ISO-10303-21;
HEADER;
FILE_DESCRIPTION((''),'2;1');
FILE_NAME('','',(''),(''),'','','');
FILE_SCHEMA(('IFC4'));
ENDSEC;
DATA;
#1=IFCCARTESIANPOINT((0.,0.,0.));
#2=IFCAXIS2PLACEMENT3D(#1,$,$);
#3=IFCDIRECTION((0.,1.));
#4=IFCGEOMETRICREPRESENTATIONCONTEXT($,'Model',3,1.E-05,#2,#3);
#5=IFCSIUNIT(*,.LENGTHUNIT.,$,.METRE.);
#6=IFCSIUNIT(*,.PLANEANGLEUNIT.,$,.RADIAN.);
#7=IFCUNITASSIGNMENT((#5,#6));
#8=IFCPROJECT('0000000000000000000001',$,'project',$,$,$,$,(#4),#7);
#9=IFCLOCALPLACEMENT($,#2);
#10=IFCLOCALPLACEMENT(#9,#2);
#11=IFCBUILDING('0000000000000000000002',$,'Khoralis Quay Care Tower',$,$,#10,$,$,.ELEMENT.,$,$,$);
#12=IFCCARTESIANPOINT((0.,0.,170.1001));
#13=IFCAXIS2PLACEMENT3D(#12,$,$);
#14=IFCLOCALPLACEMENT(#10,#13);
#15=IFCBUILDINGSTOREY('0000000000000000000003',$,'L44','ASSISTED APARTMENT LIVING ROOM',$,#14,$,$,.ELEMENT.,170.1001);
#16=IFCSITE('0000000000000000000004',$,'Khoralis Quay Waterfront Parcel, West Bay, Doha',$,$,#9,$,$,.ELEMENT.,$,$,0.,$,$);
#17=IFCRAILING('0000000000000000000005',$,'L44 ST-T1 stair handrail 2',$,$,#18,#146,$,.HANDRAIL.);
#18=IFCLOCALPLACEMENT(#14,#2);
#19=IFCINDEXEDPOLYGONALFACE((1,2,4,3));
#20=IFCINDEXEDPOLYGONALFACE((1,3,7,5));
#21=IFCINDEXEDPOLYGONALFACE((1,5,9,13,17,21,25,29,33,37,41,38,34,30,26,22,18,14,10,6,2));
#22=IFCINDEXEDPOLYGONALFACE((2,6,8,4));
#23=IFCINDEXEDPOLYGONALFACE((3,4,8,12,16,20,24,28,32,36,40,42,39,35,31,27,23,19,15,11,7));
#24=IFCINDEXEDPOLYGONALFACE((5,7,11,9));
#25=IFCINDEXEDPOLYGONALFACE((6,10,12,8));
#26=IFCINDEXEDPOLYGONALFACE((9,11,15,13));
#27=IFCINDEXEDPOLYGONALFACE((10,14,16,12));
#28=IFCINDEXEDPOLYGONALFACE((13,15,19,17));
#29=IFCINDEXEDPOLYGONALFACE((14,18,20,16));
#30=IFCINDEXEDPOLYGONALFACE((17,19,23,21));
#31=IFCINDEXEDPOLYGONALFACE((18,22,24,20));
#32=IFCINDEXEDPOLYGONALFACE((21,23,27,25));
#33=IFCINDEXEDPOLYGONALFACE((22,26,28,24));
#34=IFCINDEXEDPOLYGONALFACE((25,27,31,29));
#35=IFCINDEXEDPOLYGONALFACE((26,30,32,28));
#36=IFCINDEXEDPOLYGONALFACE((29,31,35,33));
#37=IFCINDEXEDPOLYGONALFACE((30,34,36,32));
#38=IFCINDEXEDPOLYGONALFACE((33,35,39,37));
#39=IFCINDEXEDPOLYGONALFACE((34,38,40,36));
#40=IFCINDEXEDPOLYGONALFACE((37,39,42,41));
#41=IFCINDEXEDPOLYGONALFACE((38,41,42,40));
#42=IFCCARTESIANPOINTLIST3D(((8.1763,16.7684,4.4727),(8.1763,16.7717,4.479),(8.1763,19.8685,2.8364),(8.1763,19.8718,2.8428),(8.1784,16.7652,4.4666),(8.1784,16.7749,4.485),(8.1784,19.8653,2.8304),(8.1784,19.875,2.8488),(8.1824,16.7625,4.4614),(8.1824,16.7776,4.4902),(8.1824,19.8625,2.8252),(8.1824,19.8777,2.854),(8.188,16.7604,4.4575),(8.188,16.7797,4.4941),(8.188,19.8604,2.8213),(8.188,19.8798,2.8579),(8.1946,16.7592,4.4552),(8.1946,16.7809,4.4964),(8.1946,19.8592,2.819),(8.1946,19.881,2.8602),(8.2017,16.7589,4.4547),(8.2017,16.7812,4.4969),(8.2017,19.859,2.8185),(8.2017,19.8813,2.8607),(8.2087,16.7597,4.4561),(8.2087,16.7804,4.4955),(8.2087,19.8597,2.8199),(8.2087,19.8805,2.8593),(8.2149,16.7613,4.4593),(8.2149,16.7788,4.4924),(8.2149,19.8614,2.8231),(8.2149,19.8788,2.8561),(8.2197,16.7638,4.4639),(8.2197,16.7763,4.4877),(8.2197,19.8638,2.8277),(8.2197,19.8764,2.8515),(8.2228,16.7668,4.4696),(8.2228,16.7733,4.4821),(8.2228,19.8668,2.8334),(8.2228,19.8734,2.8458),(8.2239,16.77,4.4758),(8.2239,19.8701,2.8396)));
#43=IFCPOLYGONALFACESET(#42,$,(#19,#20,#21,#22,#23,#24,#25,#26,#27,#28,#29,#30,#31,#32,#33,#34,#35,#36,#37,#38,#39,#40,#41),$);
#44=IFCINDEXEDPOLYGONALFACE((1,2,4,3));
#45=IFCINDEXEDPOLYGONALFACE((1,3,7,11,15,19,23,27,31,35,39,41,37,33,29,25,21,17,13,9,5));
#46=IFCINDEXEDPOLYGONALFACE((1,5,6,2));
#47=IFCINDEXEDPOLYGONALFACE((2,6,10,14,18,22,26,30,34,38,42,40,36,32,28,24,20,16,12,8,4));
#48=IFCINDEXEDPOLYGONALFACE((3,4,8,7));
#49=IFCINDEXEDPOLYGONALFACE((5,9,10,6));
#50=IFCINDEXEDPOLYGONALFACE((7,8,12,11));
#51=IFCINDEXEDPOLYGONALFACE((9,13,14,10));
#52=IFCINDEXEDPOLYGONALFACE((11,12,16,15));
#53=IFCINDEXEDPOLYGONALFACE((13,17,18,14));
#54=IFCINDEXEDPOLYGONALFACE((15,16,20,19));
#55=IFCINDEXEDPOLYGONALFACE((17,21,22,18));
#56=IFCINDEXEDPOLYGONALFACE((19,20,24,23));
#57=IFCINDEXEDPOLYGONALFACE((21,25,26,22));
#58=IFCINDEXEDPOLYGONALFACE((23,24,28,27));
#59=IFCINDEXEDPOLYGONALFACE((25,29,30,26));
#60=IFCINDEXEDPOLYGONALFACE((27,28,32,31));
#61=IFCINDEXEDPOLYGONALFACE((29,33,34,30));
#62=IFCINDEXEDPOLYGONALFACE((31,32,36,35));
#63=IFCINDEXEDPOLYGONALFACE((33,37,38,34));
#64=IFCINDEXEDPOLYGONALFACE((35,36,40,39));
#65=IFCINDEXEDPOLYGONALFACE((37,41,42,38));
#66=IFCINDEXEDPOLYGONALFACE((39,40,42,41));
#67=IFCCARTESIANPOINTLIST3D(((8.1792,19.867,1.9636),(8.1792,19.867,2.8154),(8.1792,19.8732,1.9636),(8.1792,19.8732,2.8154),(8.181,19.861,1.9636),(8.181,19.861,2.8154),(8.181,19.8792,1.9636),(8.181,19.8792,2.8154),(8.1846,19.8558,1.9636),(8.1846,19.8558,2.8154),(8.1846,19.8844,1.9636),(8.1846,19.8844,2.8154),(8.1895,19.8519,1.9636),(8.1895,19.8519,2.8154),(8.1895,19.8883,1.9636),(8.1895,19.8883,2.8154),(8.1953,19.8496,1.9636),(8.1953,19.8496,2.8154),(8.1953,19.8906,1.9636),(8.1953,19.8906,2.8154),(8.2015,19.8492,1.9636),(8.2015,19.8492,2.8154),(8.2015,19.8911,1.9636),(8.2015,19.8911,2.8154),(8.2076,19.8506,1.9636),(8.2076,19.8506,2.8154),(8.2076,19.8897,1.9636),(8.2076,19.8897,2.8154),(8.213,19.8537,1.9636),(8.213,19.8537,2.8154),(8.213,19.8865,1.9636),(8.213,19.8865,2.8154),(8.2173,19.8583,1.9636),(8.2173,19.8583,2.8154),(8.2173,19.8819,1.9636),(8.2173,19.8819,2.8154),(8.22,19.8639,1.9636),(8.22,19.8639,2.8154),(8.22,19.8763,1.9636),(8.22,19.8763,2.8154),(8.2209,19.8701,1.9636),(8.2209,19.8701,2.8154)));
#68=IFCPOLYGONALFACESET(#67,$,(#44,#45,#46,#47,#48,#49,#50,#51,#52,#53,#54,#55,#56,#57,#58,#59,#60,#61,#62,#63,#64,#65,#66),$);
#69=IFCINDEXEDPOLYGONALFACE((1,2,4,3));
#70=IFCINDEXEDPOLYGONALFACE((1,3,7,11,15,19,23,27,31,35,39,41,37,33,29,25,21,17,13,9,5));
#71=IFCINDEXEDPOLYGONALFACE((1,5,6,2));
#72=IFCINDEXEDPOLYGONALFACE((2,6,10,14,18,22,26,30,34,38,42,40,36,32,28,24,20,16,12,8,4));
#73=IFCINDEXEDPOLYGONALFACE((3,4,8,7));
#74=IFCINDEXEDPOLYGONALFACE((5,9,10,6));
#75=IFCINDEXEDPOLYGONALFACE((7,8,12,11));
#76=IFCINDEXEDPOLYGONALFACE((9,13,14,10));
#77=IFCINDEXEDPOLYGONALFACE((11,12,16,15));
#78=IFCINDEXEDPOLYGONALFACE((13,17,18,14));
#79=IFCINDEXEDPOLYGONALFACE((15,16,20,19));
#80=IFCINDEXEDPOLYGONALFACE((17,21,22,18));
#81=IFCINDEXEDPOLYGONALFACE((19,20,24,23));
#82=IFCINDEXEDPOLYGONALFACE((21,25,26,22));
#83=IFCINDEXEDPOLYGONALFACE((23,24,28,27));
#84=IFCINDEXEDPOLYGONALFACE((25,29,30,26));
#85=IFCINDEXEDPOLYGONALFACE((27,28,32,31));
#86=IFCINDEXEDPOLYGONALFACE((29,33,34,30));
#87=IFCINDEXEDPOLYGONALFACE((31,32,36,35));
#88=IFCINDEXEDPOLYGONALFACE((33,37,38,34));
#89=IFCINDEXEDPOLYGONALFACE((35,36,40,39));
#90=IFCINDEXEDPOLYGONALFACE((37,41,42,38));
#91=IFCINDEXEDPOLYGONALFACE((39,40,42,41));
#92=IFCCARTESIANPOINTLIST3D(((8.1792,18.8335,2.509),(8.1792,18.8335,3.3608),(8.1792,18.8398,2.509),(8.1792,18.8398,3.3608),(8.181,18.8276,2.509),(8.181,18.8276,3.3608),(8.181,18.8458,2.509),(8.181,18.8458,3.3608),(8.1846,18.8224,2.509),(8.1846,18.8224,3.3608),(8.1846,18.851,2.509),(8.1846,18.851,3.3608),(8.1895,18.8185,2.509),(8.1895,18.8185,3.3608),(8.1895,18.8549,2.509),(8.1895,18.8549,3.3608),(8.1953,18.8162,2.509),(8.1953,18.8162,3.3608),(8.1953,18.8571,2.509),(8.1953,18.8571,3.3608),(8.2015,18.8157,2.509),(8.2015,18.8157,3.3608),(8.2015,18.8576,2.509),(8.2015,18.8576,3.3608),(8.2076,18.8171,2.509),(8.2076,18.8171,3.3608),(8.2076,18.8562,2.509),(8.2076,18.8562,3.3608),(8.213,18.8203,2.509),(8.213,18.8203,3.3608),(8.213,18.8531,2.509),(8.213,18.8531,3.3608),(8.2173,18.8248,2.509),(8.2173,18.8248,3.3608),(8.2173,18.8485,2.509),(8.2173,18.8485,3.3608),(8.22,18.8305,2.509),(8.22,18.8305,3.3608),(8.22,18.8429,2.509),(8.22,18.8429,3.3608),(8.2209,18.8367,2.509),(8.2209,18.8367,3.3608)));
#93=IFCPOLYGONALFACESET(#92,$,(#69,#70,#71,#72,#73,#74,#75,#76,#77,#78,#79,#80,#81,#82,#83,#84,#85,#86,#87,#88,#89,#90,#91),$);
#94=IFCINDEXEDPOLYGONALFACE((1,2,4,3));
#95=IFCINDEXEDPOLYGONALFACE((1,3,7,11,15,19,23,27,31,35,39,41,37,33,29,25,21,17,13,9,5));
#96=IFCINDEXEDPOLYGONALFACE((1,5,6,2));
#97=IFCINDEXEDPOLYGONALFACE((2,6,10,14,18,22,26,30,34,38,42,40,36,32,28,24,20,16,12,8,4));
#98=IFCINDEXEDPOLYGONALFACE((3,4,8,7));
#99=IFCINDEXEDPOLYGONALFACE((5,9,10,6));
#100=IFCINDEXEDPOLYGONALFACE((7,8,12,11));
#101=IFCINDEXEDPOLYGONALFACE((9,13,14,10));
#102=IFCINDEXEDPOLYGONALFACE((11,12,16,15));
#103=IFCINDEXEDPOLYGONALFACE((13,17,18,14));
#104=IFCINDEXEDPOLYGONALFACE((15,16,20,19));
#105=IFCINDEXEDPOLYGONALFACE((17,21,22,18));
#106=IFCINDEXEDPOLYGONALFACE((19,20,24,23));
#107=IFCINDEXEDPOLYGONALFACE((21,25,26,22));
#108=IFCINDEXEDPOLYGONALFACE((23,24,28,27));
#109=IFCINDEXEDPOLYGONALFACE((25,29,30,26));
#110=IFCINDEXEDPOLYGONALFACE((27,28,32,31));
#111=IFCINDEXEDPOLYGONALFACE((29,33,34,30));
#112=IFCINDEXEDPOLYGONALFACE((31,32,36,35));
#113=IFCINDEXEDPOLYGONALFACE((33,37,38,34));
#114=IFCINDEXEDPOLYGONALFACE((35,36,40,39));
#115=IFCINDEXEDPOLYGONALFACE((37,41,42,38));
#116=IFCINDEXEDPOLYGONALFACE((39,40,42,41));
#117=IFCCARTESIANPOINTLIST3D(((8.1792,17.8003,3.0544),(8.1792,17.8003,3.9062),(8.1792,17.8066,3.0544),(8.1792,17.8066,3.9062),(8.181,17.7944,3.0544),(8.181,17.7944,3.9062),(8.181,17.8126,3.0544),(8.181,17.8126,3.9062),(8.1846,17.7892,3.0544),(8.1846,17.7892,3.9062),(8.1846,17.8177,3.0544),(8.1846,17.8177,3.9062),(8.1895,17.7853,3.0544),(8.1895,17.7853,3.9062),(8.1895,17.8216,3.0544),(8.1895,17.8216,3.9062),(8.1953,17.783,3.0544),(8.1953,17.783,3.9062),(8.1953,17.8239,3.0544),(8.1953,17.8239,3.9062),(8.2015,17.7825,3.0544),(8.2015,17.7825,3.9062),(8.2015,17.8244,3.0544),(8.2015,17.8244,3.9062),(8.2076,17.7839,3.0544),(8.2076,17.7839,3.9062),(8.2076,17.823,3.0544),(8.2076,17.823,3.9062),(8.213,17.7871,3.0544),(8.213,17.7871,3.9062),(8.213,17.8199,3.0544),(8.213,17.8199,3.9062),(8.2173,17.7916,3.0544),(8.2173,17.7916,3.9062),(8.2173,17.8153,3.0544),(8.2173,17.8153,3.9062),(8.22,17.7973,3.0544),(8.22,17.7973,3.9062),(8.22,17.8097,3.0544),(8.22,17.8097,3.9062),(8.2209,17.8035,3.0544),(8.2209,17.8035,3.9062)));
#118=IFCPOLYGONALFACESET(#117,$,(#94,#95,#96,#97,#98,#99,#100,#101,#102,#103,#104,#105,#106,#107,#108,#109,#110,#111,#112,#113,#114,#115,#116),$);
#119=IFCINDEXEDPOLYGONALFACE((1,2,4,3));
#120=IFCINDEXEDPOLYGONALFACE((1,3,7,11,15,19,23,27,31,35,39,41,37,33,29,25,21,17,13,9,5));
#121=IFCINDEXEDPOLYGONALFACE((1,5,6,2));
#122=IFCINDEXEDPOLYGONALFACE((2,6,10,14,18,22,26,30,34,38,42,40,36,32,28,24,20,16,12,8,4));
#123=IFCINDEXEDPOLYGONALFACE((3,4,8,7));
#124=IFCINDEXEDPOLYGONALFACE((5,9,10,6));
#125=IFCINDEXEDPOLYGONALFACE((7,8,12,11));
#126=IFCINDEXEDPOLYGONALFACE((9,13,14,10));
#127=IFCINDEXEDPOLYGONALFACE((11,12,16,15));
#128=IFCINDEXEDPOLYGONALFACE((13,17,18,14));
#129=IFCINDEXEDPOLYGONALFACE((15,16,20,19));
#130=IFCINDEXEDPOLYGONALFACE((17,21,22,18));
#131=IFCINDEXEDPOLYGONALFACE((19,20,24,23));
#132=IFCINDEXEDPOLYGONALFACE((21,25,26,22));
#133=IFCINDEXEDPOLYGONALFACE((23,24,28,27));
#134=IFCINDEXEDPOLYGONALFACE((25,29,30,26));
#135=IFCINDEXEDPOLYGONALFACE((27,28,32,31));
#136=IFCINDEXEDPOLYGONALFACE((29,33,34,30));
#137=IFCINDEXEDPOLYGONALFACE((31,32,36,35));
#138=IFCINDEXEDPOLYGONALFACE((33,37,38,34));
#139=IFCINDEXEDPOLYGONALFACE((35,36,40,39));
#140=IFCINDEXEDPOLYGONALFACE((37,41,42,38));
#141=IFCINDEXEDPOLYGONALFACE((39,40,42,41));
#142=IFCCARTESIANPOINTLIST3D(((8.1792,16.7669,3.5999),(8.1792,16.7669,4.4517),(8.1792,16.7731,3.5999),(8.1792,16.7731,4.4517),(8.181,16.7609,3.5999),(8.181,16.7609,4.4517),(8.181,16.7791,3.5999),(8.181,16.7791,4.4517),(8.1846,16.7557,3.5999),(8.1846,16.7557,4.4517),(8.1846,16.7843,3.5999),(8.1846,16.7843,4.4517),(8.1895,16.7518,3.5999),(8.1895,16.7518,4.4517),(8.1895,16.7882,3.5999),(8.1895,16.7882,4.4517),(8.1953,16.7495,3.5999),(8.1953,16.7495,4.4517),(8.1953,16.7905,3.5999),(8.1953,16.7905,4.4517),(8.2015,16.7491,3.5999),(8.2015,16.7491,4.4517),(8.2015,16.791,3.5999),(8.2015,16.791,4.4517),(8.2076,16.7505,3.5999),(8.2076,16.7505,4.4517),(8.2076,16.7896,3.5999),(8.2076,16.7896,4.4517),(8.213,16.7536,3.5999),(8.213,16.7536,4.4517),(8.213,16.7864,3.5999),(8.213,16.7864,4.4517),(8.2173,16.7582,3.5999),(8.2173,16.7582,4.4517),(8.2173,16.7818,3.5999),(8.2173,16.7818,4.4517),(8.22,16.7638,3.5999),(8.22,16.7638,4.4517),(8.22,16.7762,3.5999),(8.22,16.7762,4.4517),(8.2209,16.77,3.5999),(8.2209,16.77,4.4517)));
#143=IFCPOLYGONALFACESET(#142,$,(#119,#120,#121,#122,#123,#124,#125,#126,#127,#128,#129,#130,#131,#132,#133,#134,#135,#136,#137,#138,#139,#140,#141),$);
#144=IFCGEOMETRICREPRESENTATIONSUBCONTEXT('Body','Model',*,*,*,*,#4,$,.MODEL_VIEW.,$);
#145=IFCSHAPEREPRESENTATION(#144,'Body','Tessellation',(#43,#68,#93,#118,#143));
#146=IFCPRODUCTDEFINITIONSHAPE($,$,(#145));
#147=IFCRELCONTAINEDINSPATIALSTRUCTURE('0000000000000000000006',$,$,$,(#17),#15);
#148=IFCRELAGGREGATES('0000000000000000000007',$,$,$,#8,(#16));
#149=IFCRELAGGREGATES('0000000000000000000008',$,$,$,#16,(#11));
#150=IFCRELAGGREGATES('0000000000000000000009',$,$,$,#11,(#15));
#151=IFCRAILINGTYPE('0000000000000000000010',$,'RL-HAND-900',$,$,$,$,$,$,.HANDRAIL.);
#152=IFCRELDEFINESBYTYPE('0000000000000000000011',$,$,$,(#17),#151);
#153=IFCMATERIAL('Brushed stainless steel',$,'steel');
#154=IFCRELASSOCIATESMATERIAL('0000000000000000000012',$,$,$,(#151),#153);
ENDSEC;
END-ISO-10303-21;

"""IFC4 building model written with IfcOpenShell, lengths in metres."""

from ifc_helpers import new_model, si_unit, direction, frame, origin, origin_2d, place, context, subcontext, project, spatial, circle, extrude, material, type_object, element, save


model = new_model("IFC4")

# Units and contexts
model_context = context("Model", 3, precision=1e-05, world=origin(), true_north=direction((0.0, 1.0)))
body_context = subcontext(model_context, "Body", "Model", "MODEL_VIEW")
ifc_project = project(units=[si_unit("LENGTHUNIT", "METRE"), si_unit("PLANEANGLEUNIT", "RADIAN")], contexts=[model_context])

# Site, building, storey
site_placement = place(None, origin())
site = spatial("IfcSite", under=ifc_project, at=site_placement, Name="Khoralis Quay Waterfront Parcel, West Bay, Doha", CompositionType="ELEMENT", RefElevation=0.0)
building_placement = place(site_placement, origin())
building = spatial("IfcBuilding", under=site, at=building_placement, Name="Khoralis Quay Care Tower", CompositionType="ELEMENT")
storey_placement = place(building_placement, frame((0.0, 0.0, 170.1001)))
storey = spatial("IfcBuildingStorey", under=building, at=storey_placement, Name="L44", Description="ASSISTED APARTMENT LIVING ROOM", CompositionType="ELEMENT", Elevation=170.1001)

# Shared definitions
ifc_material_1 = material(Name="Brushed stainless steel", Category="steel")

# Railing
railing_type_1 = type_object("IfcRailingType", Name="RL-HAND-900", PredefinedType="HANDRAIL", material=ifc_material_1)
railing_1_placement = place(storey_placement, frame((8.2, 19.8701, 1.9636)))
element("IfcRailing", 1, at=railing_1_placement, inside=storey, type_object=railing_type_1, Name="L44 ST-T1 stair handrail 2", PredefinedType="HANDRAIL", context=body_context, shape_type="SweptSolid", body=[
    extrude(circle(Radius=0.0239, at=origin_2d()), frame((0.0, 0.0, 0.876), z_axis=(0.0, -0.884377, 0.466774), x_axis=(1.0, 0.0, 0.0)), (0.0, 0.0, 1.0), 3.5054),
    extrude(circle(Radius=0.021, at=origin_2d()), origin(), (0.0, 0.0, 1.0), 0.8518),
    extrude(circle(Radius=0.021, at=origin_2d()), frame((0.0, -1.0334, 0.5454)), (0.0, 0.0, 1.0), 0.8518),
    extrude(circle(Radius=0.021, at=origin_2d()), frame((0.0, -2.0667, 1.0908)), (0.0, 0.0, 1.0), 0.8518),
    extrude(circle(Radius=0.021, at=origin_2d()), frame((0.0, -3.1001, 1.6362)), (0.0, 0.0, 1.0), 0.8518),
])

save(model, "model.ifc")
